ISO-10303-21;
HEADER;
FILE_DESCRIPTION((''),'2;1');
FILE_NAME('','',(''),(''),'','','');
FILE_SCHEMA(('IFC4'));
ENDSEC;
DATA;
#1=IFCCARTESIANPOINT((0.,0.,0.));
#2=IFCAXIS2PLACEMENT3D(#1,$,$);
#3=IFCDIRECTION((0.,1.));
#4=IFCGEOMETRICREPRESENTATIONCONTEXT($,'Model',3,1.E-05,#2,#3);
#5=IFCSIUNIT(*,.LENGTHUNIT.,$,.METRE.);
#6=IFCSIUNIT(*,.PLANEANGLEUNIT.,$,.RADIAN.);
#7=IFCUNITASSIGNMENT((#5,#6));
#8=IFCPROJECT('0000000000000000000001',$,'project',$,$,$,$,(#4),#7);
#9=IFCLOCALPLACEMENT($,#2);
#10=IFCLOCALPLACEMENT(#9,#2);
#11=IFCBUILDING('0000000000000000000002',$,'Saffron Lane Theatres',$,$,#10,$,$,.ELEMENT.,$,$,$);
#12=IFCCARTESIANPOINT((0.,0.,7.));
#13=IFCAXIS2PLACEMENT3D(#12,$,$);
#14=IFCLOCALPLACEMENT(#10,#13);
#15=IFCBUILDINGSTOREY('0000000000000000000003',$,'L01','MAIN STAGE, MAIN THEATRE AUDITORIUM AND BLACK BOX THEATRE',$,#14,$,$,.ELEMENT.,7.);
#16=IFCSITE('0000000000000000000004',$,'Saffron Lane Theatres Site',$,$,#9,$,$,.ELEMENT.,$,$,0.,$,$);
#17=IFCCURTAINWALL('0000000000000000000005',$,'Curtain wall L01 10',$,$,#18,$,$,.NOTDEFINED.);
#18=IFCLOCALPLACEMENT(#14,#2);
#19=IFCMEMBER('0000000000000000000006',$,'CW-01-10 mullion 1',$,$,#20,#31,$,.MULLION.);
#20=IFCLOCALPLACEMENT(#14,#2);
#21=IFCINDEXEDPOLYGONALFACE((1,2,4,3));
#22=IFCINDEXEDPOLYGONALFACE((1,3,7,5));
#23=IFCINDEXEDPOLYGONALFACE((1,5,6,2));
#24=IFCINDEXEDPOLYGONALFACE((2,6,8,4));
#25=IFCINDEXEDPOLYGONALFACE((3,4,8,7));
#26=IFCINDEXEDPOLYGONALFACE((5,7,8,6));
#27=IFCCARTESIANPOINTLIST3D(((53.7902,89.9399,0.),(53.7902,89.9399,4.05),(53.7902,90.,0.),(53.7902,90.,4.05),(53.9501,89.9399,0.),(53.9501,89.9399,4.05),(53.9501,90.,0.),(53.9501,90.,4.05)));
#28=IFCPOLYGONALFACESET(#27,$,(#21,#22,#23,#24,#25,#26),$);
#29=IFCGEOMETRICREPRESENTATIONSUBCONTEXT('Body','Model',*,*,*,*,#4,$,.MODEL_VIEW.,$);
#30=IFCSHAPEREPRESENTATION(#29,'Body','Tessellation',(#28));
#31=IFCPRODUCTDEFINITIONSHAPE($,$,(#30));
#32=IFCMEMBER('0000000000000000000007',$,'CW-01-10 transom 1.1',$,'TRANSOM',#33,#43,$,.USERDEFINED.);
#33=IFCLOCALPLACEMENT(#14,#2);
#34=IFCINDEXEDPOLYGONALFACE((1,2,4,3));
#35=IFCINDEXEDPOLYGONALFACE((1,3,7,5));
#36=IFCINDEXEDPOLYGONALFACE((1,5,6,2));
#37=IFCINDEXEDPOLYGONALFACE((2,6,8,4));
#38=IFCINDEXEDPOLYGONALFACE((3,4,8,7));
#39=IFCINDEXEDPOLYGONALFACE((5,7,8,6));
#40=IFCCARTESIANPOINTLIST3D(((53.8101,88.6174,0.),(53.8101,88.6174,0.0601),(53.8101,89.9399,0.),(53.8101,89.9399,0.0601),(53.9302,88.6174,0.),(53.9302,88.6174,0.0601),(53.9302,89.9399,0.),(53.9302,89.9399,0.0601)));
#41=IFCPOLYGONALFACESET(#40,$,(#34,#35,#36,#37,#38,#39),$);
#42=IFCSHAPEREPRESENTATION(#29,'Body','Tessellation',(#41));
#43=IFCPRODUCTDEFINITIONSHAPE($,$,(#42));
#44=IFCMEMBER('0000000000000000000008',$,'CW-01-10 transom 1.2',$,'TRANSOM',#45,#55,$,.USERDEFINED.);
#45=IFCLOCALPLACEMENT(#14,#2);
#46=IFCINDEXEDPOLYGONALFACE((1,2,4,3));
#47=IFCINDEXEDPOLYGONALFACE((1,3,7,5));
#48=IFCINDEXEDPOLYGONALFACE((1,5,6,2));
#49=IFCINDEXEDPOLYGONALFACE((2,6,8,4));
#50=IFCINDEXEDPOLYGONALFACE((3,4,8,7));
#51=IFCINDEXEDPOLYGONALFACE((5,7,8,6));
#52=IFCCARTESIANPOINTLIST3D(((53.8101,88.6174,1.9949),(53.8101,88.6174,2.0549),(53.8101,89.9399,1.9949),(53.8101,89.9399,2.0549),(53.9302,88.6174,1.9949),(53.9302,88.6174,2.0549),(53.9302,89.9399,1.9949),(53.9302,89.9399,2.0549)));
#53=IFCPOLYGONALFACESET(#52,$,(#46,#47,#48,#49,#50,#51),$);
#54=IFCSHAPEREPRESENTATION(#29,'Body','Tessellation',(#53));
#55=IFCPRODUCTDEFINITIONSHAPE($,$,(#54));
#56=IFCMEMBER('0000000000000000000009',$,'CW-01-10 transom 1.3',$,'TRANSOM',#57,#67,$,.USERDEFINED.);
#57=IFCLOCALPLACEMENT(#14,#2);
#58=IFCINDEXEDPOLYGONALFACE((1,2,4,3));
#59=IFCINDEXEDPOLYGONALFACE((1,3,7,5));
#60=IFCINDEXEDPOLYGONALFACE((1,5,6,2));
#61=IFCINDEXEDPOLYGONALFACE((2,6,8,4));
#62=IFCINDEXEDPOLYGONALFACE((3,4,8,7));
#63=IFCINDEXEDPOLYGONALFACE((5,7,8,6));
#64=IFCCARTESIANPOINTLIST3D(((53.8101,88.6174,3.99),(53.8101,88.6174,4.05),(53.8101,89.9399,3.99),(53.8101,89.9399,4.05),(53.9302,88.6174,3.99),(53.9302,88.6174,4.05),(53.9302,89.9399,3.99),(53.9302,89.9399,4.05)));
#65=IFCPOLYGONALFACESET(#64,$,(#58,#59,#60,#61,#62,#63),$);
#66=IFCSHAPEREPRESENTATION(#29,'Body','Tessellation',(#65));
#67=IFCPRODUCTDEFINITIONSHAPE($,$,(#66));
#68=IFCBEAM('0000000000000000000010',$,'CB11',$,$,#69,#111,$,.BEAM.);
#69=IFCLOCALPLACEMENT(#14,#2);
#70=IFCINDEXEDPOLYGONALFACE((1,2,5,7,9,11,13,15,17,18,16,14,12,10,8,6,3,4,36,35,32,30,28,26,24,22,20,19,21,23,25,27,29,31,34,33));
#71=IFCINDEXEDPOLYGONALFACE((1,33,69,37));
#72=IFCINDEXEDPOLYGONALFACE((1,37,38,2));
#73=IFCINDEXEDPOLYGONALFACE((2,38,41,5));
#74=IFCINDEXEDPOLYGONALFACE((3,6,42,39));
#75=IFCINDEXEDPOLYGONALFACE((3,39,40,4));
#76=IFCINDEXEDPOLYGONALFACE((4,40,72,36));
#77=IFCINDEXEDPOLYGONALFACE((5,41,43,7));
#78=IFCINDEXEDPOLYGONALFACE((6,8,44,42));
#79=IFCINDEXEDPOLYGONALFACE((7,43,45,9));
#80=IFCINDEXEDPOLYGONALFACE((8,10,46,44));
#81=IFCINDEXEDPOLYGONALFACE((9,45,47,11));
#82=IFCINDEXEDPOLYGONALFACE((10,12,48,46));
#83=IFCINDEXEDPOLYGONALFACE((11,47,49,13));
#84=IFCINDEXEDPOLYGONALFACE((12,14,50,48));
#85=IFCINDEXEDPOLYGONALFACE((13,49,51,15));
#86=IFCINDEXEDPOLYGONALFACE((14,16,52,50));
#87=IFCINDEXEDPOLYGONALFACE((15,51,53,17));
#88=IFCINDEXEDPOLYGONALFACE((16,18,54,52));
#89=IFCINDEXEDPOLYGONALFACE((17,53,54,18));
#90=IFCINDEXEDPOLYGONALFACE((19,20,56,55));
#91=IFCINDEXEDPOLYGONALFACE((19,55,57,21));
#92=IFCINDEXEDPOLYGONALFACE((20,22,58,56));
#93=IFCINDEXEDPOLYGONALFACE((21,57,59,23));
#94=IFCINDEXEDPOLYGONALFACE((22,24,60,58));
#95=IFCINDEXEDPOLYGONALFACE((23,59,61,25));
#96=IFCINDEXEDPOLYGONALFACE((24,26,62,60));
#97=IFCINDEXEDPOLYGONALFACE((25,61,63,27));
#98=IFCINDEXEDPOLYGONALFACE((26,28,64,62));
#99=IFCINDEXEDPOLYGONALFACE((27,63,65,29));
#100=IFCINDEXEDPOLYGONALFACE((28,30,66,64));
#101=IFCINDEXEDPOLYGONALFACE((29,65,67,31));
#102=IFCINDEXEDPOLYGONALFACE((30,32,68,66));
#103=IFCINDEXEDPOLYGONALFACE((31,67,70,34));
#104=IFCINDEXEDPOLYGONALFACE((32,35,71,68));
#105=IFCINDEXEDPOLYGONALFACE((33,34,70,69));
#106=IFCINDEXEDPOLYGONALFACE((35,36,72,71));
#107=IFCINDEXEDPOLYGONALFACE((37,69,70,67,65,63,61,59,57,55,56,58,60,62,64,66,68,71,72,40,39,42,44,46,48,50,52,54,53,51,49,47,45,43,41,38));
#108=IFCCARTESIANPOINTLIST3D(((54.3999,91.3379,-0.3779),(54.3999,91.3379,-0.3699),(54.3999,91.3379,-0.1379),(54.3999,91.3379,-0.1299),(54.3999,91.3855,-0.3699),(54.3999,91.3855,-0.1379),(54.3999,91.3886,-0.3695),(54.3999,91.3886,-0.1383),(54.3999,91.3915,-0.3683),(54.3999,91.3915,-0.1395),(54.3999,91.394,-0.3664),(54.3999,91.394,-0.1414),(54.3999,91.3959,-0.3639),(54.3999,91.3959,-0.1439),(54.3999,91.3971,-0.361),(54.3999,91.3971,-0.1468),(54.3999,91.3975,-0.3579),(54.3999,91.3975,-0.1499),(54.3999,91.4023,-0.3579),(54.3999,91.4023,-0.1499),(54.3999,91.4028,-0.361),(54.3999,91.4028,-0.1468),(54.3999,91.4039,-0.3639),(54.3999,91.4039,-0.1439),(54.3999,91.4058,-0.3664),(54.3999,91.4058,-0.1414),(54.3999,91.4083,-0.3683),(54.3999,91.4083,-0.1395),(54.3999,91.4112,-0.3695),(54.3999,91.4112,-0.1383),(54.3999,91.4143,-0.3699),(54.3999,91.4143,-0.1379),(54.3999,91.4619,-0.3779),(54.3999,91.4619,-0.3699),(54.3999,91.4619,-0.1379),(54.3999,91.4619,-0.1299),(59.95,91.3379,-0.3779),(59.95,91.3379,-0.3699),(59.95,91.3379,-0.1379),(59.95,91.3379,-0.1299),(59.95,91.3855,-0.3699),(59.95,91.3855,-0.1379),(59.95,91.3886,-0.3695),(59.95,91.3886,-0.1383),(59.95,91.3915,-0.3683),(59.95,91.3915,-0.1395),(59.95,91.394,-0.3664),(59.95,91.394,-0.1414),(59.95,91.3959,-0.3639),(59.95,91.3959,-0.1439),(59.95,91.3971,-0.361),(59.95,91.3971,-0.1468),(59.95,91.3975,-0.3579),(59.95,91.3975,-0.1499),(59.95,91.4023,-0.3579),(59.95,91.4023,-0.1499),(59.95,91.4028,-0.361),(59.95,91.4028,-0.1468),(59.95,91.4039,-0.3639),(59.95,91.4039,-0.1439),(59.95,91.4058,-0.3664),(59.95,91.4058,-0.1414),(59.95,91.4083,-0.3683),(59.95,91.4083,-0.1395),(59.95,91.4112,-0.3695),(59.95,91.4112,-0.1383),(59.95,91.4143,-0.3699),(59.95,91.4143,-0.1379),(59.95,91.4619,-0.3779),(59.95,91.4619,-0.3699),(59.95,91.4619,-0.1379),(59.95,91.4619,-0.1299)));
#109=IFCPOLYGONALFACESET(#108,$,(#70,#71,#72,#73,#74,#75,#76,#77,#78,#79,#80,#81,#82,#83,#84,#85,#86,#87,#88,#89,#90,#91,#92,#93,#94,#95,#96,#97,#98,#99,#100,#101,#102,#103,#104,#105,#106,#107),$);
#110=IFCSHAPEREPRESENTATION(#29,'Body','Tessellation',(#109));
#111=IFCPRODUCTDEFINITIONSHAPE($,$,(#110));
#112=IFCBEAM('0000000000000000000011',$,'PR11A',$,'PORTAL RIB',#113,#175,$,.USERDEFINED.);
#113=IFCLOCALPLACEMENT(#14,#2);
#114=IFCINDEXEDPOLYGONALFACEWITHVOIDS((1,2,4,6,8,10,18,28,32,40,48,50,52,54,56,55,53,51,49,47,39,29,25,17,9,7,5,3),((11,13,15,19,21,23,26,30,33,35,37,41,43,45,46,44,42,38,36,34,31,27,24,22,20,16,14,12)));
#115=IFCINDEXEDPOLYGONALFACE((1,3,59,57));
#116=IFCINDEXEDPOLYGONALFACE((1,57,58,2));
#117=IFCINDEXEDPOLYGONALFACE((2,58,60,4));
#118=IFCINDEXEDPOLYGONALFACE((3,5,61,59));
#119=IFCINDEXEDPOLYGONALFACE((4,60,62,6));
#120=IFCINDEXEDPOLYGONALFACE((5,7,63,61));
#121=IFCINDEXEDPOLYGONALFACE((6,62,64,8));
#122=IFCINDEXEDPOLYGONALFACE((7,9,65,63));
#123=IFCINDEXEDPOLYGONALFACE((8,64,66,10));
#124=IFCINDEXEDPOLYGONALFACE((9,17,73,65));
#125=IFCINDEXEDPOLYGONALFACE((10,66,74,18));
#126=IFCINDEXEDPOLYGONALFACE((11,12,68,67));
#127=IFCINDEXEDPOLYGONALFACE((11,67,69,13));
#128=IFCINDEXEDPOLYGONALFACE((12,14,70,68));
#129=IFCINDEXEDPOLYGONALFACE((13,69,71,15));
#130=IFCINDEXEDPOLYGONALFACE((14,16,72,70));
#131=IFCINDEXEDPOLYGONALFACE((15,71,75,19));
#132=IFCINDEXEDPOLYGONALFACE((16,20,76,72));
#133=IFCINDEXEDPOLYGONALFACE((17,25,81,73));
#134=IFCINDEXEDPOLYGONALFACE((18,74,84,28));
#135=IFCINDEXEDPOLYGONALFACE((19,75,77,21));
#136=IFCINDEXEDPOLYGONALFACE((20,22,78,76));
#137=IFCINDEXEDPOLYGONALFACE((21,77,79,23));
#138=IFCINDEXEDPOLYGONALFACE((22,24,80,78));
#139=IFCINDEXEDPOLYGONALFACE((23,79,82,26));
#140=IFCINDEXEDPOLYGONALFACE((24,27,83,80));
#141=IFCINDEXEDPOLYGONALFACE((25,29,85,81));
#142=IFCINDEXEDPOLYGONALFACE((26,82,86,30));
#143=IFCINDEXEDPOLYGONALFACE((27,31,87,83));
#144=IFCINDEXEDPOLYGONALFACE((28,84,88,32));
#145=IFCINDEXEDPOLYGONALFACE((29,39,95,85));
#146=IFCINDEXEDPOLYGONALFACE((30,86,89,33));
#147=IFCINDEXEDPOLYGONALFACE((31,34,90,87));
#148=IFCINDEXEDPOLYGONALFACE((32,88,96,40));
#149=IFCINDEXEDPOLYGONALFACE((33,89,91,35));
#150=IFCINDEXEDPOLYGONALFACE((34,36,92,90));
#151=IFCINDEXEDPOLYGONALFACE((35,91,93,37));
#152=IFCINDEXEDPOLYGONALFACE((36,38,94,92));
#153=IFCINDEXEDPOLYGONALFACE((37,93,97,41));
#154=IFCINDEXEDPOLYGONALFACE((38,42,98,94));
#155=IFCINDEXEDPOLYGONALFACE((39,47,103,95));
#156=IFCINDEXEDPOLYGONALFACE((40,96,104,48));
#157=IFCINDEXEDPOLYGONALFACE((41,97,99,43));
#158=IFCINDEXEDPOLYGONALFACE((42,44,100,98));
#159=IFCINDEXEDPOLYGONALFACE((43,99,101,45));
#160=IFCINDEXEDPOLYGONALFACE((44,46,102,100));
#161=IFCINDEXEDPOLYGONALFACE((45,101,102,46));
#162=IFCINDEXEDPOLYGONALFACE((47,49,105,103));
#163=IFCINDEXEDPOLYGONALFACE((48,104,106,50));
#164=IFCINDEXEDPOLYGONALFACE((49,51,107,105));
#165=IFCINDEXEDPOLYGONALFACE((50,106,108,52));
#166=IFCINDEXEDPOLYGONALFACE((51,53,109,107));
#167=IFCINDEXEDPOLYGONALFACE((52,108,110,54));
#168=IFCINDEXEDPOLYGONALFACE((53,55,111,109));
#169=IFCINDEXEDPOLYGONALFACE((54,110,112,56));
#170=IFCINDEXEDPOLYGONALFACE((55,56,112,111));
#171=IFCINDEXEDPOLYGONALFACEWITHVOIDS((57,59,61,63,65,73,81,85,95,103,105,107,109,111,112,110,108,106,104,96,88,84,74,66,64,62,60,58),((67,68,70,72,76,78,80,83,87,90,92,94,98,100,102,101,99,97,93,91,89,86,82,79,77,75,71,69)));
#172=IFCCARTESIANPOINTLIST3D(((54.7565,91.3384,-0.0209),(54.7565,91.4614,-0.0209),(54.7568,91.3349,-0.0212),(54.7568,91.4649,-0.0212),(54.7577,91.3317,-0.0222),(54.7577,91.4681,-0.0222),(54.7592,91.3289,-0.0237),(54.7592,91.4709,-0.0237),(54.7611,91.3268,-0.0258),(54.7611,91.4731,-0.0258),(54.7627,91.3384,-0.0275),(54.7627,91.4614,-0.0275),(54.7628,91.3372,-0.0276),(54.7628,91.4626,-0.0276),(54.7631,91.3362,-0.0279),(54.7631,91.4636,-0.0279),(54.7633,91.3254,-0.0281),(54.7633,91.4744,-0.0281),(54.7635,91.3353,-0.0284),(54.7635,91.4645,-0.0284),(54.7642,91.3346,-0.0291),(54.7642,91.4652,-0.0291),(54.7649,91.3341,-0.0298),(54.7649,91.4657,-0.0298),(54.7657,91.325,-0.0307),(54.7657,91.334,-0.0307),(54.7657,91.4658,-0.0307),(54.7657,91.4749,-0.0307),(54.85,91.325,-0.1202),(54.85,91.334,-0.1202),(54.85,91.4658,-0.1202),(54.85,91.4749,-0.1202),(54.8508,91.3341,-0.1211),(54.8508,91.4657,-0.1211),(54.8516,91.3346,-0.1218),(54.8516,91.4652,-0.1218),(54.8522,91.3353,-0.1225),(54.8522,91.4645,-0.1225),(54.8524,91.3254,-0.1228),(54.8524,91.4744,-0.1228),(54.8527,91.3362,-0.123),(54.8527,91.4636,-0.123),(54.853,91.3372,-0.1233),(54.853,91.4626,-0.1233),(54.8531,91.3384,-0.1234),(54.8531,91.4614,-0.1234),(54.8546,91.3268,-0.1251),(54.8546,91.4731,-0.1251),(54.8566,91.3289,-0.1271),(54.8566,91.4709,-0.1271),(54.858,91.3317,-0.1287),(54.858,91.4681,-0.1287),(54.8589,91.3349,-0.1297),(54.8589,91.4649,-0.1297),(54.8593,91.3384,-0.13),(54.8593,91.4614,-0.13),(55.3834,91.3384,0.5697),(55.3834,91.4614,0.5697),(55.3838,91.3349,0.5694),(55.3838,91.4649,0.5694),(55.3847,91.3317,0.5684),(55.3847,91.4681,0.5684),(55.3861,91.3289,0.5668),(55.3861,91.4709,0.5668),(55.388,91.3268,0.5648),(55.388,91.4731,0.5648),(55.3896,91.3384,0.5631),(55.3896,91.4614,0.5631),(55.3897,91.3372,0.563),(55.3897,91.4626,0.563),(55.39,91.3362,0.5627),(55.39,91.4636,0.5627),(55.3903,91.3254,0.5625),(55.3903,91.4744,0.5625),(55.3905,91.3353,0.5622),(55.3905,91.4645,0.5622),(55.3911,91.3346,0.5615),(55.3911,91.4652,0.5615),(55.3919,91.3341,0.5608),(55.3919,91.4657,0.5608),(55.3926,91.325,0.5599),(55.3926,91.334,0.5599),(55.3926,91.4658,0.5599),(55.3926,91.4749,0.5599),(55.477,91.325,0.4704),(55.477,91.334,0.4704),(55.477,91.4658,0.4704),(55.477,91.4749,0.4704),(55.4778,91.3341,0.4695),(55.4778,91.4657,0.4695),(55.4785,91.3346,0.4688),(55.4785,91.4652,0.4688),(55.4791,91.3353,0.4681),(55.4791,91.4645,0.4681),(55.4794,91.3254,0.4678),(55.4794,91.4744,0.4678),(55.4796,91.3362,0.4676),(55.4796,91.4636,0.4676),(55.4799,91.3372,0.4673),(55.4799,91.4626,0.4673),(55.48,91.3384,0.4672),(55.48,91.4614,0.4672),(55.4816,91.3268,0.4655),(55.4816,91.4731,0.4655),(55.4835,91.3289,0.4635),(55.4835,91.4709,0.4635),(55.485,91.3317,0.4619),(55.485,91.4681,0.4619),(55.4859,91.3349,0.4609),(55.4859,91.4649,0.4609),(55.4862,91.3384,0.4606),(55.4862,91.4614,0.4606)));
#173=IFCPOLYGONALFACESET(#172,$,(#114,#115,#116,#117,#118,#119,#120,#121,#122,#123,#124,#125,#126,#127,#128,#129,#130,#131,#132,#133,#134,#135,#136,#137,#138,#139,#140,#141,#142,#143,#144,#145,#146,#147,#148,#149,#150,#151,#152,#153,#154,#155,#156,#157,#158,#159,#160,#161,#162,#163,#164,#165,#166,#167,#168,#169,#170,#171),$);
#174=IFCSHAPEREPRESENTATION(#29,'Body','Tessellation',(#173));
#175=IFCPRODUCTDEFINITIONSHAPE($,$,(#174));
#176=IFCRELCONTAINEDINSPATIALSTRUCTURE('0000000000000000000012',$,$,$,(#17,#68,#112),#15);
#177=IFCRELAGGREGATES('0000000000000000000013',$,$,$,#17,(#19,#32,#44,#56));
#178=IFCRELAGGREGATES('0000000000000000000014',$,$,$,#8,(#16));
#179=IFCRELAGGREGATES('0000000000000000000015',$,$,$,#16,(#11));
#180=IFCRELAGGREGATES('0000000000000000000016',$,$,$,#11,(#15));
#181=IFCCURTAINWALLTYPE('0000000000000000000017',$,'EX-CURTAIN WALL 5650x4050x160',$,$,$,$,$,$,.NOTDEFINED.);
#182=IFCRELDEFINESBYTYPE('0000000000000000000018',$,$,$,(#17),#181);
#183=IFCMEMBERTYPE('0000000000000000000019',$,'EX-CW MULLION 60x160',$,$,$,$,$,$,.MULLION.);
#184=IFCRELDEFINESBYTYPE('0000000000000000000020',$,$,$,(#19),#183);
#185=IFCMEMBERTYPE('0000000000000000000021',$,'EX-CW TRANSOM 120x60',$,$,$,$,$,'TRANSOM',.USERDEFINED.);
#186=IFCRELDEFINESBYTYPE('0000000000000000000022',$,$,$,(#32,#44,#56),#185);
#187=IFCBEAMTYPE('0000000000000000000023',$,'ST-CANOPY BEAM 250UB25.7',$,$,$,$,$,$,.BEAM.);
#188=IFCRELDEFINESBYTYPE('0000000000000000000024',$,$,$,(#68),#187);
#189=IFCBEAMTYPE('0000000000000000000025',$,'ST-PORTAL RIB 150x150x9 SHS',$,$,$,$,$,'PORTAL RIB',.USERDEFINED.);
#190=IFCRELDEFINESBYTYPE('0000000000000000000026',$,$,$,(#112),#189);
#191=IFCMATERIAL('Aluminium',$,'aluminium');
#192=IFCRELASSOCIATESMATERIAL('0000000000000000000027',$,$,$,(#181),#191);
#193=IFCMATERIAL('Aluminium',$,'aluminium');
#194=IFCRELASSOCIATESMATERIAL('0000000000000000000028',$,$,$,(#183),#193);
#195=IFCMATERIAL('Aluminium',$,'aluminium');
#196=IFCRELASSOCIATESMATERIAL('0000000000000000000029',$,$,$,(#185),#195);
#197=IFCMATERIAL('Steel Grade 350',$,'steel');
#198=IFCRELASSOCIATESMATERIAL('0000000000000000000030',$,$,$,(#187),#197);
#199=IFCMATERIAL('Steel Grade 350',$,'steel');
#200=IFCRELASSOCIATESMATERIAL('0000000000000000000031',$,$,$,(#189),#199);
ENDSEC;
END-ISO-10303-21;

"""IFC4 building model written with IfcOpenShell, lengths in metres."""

from ifc_helpers import new_model, si_unit, direction, frame, origin, origin_2d, place, context, subcontext, project, spatial, rectangle, hollow_rectangle, i_section, extrude, material, material_profile, profile_set, type_object, element, aggregate, save


model = new_model("IFC4")

# Units and contexts
model_context = context("Model", 3, precision=1e-05, world=origin(), true_north=direction((0.0, 1.0)))
body_context = subcontext(model_context, "Body", "Model", "MODEL_VIEW")
ifc_project = project(units=[si_unit("LENGTHUNIT", "METRE"), si_unit("PLANEANGLEUNIT", "RADIAN")], contexts=[model_context])

# Site, building, storey
site_placement = place(None, origin())
site = spatial("IfcSite", under=ifc_project, at=site_placement, Name="Saffron Lane Theatres Site", CompositionType="ELEMENT", RefElevation=0.0)
building_placement = place(site_placement, origin())
building = spatial("IfcBuilding", under=site, at=building_placement, Name="Saffron Lane Theatres", CompositionType="ELEMENT")
storey_placement = place(building_placement, frame((0.0, 0.0, 7.0)))
storey = spatial("IfcBuildingStorey", under=building, at=storey_placement, Name="L01", Description="MAIN STAGE, MAIN THEATRE AUDITORIUM AND BLACK BOX THEATRE", CompositionType="ELEMENT", Elevation=7.0)

# Curtain wall, members
ifc_material_1 = material(Name="Aluminium", Category="aluminium")
curtain_wall_type = type_object("IfcCurtainWallType", Name="EX-CURTAIN WALL 5650x4050x160", PredefinedType="NOTDEFINED", material=ifc_material_1)
curtain_wall_placement = place(storey_placement, origin())
curtain_wall = element("IfcCurtainWall", 1, at=curtain_wall_placement, inside=storey, type_object=curtain_wall_type, Name="Curtain wall L01 10", PredefinedType="NOTDEFINED")
ifc_material_2 = material(Name="Aluminium", Category="aluminium")
ifc_material_profile_1 = material_profile(ifc_material_2, rectangle(XDim=0.0601, YDim=0.1599, at=origin_2d()))
ifc_profile_set_1 = profile_set([ifc_material_profile_1], Name="Aluminium")
member_type_1 = type_object("IfcMemberType", Name="EX-CW MULLION 60x160", PredefinedType="MULLION", material=ifc_profile_set_1)
member_1_placement = place(storey_placement, frame((53.8701, 89.97, 0.0), z_axis=(0.0, 0.0, 1.0), x_axis=(0.0, -1.0, 0.0)))
member_1 = element("IfcMember", 2, at=member_1_placement, type_object=member_type_1, Name="CW-01-10 mullion 1", PredefinedType="MULLION", context=body_context, shape_type="SweptSolid", body=[
    extrude(rectangle(XDim=0.0601, YDim=0.1599, at=origin_2d()), origin(), (0.0, 0.0, 1.0), 4.05),
])
ifc_material_3 = material(Name="Aluminium", Category="aluminium")
ifc_material_profile_2 = material_profile(ifc_material_3, rectangle(XDim=0.1201, YDim=0.0601, at=origin_2d()))
ifc_profile_set_2 = profile_set([ifc_material_profile_2], Name="Aluminium")
member_type_2 = type_object("IfcMemberType", Name="EX-CW TRANSOM 120x60", ElementType="TRANSOM", PredefinedType="USERDEFINED", material=ifc_profile_set_2)
member_2_placement = place(storey_placement, frame((53.8701, 89.9399, 0.03), z_axis=(0.0, -1.0, 0.0), x_axis=(1.0, 0.0, 0.0)))
member_2 = element("IfcMember", 3, at=member_2_placement, type_object=member_type_2, Name="CW-01-10 transom 1.1", ObjectType="TRANSOM", PredefinedType="USERDEFINED", context=body_context, shape_type="SweptSolid", body=[
    extrude(rectangle(XDim=0.1201, YDim=0.0601, at=origin_2d()), origin(), (0.0, 0.0, 1.0), 1.3225),
])
member_3_placement = place(storey_placement, frame((53.8701, 89.9399, 2.0249), z_axis=(0.0, -1.0, 0.0), x_axis=(1.0, 0.0, 0.0)))
member_3 = element("IfcMember", 4, at=member_3_placement, type_object=member_type_2, Name="CW-01-10 transom 1.2", ObjectType="TRANSOM", PredefinedType="USERDEFINED", context=body_context, shape_type="SweptSolid", body=[
    extrude(rectangle(XDim=0.1201, YDim=0.0601, at=origin_2d()), origin(), (0.0, 0.0, 1.0), 1.3225),
])
member_4_placement = place(storey_placement, frame((53.8701, 89.9399, 4.02), z_axis=(0.0, -1.0, 0.0), x_axis=(1.0, 0.0, 0.0)))
member_4 = element("IfcMember", 5, at=member_4_placement, type_object=member_type_2, Name="CW-01-10 transom 1.3", ObjectType="TRANSOM", PredefinedType="USERDEFINED", context=body_context, shape_type="SweptSolid", body=[
    extrude(rectangle(XDim=0.1201, YDim=0.0601, at=origin_2d()), origin(), (0.0, 0.0, 1.0), 1.3225),
])

# Beams
ifc_material_4 = material(Name="Steel Grade 350", Category="steel")
ifc_material_profile_3 = material_profile(ifc_material_4, i_section(OverallWidth=0.124, OverallDepth=0.248, WebThickness=0.0049, FlangeThickness=0.0081, FilletRadius=0.012, at=origin_2d()))
ifc_profile_set_3 = profile_set([ifc_material_profile_3], Name="Steel Grade 350")
beam_type_1 = type_object("IfcBeamType", Name="ST-CANOPY BEAM 250UB25.7", PredefinedType="BEAM", material=ifc_profile_set_3)
beam_1_placement = place(storey_placement, frame((54.3999, 91.3999, -0.2539), z_axis=(1.0, 0.0, 0.0), x_axis=(0.0, 1.0, 0.0)))
element("IfcBeam", 6, at=beam_1_placement, inside=storey, type_object=beam_type_1, Name="CB11", PredefinedType="BEAM", context=body_context, shape_type="SweptSolid", body=[
    extrude(i_section(OverallWidth=0.124, OverallDepth=0.248, WebThickness=0.0049, FlangeThickness=0.0081, FilletRadius=0.012, at=origin_2d()), origin(), (0.0, 0.0, 1.0), 5.55),
])
ifc_material_5 = material(Name="Steel Grade 350", Category="steel")
ifc_material_profile_4 = material_profile(ifc_material_5, hollow_rectangle(XDim=0.1499, YDim=0.1499, WallThickness=0.009, InnerFilletRadius=0.0044, OuterFilletRadius=0.0134, at=origin_2d()))
ifc_profile_set_4 = profile_set([ifc_material_profile_4], Name="Steel Grade 350")
beam_type_2 = type_object("IfcBeamType", Name="ST-PORTAL RIB 150x150x9 SHS", ElementType="PORTAL RIB", PredefinedType="USERDEFINED", material=ifc_profile_set_4)
beam_2_placement = place(storey_placement, frame((54.8079, 91.3999, -0.0754), z_axis=(0.727909, 0.0, 0.685674), x_axis=(0.0, 1.0, 0.0)))
element("IfcBeam", 7, at=beam_2_placement, inside=storey, type_object=beam_type_2, Name="PR11A", ObjectType="PORTAL RIB", PredefinedType="USERDEFINED", context=body_context, shape_type="SweptSolid", body=[
    extrude(hollow_rectangle(XDim=0.1499, YDim=0.1499, WallThickness=0.009, InnerFilletRadius=0.0044, OuterFilletRadius=0.0134, at=origin_2d()), origin(), (0.0, 0.0, 1.0), 0.8613),
])

aggregate(curtain_wall, [member_1, member_2, member_3, member_4])

save(model, "model.ifc")
